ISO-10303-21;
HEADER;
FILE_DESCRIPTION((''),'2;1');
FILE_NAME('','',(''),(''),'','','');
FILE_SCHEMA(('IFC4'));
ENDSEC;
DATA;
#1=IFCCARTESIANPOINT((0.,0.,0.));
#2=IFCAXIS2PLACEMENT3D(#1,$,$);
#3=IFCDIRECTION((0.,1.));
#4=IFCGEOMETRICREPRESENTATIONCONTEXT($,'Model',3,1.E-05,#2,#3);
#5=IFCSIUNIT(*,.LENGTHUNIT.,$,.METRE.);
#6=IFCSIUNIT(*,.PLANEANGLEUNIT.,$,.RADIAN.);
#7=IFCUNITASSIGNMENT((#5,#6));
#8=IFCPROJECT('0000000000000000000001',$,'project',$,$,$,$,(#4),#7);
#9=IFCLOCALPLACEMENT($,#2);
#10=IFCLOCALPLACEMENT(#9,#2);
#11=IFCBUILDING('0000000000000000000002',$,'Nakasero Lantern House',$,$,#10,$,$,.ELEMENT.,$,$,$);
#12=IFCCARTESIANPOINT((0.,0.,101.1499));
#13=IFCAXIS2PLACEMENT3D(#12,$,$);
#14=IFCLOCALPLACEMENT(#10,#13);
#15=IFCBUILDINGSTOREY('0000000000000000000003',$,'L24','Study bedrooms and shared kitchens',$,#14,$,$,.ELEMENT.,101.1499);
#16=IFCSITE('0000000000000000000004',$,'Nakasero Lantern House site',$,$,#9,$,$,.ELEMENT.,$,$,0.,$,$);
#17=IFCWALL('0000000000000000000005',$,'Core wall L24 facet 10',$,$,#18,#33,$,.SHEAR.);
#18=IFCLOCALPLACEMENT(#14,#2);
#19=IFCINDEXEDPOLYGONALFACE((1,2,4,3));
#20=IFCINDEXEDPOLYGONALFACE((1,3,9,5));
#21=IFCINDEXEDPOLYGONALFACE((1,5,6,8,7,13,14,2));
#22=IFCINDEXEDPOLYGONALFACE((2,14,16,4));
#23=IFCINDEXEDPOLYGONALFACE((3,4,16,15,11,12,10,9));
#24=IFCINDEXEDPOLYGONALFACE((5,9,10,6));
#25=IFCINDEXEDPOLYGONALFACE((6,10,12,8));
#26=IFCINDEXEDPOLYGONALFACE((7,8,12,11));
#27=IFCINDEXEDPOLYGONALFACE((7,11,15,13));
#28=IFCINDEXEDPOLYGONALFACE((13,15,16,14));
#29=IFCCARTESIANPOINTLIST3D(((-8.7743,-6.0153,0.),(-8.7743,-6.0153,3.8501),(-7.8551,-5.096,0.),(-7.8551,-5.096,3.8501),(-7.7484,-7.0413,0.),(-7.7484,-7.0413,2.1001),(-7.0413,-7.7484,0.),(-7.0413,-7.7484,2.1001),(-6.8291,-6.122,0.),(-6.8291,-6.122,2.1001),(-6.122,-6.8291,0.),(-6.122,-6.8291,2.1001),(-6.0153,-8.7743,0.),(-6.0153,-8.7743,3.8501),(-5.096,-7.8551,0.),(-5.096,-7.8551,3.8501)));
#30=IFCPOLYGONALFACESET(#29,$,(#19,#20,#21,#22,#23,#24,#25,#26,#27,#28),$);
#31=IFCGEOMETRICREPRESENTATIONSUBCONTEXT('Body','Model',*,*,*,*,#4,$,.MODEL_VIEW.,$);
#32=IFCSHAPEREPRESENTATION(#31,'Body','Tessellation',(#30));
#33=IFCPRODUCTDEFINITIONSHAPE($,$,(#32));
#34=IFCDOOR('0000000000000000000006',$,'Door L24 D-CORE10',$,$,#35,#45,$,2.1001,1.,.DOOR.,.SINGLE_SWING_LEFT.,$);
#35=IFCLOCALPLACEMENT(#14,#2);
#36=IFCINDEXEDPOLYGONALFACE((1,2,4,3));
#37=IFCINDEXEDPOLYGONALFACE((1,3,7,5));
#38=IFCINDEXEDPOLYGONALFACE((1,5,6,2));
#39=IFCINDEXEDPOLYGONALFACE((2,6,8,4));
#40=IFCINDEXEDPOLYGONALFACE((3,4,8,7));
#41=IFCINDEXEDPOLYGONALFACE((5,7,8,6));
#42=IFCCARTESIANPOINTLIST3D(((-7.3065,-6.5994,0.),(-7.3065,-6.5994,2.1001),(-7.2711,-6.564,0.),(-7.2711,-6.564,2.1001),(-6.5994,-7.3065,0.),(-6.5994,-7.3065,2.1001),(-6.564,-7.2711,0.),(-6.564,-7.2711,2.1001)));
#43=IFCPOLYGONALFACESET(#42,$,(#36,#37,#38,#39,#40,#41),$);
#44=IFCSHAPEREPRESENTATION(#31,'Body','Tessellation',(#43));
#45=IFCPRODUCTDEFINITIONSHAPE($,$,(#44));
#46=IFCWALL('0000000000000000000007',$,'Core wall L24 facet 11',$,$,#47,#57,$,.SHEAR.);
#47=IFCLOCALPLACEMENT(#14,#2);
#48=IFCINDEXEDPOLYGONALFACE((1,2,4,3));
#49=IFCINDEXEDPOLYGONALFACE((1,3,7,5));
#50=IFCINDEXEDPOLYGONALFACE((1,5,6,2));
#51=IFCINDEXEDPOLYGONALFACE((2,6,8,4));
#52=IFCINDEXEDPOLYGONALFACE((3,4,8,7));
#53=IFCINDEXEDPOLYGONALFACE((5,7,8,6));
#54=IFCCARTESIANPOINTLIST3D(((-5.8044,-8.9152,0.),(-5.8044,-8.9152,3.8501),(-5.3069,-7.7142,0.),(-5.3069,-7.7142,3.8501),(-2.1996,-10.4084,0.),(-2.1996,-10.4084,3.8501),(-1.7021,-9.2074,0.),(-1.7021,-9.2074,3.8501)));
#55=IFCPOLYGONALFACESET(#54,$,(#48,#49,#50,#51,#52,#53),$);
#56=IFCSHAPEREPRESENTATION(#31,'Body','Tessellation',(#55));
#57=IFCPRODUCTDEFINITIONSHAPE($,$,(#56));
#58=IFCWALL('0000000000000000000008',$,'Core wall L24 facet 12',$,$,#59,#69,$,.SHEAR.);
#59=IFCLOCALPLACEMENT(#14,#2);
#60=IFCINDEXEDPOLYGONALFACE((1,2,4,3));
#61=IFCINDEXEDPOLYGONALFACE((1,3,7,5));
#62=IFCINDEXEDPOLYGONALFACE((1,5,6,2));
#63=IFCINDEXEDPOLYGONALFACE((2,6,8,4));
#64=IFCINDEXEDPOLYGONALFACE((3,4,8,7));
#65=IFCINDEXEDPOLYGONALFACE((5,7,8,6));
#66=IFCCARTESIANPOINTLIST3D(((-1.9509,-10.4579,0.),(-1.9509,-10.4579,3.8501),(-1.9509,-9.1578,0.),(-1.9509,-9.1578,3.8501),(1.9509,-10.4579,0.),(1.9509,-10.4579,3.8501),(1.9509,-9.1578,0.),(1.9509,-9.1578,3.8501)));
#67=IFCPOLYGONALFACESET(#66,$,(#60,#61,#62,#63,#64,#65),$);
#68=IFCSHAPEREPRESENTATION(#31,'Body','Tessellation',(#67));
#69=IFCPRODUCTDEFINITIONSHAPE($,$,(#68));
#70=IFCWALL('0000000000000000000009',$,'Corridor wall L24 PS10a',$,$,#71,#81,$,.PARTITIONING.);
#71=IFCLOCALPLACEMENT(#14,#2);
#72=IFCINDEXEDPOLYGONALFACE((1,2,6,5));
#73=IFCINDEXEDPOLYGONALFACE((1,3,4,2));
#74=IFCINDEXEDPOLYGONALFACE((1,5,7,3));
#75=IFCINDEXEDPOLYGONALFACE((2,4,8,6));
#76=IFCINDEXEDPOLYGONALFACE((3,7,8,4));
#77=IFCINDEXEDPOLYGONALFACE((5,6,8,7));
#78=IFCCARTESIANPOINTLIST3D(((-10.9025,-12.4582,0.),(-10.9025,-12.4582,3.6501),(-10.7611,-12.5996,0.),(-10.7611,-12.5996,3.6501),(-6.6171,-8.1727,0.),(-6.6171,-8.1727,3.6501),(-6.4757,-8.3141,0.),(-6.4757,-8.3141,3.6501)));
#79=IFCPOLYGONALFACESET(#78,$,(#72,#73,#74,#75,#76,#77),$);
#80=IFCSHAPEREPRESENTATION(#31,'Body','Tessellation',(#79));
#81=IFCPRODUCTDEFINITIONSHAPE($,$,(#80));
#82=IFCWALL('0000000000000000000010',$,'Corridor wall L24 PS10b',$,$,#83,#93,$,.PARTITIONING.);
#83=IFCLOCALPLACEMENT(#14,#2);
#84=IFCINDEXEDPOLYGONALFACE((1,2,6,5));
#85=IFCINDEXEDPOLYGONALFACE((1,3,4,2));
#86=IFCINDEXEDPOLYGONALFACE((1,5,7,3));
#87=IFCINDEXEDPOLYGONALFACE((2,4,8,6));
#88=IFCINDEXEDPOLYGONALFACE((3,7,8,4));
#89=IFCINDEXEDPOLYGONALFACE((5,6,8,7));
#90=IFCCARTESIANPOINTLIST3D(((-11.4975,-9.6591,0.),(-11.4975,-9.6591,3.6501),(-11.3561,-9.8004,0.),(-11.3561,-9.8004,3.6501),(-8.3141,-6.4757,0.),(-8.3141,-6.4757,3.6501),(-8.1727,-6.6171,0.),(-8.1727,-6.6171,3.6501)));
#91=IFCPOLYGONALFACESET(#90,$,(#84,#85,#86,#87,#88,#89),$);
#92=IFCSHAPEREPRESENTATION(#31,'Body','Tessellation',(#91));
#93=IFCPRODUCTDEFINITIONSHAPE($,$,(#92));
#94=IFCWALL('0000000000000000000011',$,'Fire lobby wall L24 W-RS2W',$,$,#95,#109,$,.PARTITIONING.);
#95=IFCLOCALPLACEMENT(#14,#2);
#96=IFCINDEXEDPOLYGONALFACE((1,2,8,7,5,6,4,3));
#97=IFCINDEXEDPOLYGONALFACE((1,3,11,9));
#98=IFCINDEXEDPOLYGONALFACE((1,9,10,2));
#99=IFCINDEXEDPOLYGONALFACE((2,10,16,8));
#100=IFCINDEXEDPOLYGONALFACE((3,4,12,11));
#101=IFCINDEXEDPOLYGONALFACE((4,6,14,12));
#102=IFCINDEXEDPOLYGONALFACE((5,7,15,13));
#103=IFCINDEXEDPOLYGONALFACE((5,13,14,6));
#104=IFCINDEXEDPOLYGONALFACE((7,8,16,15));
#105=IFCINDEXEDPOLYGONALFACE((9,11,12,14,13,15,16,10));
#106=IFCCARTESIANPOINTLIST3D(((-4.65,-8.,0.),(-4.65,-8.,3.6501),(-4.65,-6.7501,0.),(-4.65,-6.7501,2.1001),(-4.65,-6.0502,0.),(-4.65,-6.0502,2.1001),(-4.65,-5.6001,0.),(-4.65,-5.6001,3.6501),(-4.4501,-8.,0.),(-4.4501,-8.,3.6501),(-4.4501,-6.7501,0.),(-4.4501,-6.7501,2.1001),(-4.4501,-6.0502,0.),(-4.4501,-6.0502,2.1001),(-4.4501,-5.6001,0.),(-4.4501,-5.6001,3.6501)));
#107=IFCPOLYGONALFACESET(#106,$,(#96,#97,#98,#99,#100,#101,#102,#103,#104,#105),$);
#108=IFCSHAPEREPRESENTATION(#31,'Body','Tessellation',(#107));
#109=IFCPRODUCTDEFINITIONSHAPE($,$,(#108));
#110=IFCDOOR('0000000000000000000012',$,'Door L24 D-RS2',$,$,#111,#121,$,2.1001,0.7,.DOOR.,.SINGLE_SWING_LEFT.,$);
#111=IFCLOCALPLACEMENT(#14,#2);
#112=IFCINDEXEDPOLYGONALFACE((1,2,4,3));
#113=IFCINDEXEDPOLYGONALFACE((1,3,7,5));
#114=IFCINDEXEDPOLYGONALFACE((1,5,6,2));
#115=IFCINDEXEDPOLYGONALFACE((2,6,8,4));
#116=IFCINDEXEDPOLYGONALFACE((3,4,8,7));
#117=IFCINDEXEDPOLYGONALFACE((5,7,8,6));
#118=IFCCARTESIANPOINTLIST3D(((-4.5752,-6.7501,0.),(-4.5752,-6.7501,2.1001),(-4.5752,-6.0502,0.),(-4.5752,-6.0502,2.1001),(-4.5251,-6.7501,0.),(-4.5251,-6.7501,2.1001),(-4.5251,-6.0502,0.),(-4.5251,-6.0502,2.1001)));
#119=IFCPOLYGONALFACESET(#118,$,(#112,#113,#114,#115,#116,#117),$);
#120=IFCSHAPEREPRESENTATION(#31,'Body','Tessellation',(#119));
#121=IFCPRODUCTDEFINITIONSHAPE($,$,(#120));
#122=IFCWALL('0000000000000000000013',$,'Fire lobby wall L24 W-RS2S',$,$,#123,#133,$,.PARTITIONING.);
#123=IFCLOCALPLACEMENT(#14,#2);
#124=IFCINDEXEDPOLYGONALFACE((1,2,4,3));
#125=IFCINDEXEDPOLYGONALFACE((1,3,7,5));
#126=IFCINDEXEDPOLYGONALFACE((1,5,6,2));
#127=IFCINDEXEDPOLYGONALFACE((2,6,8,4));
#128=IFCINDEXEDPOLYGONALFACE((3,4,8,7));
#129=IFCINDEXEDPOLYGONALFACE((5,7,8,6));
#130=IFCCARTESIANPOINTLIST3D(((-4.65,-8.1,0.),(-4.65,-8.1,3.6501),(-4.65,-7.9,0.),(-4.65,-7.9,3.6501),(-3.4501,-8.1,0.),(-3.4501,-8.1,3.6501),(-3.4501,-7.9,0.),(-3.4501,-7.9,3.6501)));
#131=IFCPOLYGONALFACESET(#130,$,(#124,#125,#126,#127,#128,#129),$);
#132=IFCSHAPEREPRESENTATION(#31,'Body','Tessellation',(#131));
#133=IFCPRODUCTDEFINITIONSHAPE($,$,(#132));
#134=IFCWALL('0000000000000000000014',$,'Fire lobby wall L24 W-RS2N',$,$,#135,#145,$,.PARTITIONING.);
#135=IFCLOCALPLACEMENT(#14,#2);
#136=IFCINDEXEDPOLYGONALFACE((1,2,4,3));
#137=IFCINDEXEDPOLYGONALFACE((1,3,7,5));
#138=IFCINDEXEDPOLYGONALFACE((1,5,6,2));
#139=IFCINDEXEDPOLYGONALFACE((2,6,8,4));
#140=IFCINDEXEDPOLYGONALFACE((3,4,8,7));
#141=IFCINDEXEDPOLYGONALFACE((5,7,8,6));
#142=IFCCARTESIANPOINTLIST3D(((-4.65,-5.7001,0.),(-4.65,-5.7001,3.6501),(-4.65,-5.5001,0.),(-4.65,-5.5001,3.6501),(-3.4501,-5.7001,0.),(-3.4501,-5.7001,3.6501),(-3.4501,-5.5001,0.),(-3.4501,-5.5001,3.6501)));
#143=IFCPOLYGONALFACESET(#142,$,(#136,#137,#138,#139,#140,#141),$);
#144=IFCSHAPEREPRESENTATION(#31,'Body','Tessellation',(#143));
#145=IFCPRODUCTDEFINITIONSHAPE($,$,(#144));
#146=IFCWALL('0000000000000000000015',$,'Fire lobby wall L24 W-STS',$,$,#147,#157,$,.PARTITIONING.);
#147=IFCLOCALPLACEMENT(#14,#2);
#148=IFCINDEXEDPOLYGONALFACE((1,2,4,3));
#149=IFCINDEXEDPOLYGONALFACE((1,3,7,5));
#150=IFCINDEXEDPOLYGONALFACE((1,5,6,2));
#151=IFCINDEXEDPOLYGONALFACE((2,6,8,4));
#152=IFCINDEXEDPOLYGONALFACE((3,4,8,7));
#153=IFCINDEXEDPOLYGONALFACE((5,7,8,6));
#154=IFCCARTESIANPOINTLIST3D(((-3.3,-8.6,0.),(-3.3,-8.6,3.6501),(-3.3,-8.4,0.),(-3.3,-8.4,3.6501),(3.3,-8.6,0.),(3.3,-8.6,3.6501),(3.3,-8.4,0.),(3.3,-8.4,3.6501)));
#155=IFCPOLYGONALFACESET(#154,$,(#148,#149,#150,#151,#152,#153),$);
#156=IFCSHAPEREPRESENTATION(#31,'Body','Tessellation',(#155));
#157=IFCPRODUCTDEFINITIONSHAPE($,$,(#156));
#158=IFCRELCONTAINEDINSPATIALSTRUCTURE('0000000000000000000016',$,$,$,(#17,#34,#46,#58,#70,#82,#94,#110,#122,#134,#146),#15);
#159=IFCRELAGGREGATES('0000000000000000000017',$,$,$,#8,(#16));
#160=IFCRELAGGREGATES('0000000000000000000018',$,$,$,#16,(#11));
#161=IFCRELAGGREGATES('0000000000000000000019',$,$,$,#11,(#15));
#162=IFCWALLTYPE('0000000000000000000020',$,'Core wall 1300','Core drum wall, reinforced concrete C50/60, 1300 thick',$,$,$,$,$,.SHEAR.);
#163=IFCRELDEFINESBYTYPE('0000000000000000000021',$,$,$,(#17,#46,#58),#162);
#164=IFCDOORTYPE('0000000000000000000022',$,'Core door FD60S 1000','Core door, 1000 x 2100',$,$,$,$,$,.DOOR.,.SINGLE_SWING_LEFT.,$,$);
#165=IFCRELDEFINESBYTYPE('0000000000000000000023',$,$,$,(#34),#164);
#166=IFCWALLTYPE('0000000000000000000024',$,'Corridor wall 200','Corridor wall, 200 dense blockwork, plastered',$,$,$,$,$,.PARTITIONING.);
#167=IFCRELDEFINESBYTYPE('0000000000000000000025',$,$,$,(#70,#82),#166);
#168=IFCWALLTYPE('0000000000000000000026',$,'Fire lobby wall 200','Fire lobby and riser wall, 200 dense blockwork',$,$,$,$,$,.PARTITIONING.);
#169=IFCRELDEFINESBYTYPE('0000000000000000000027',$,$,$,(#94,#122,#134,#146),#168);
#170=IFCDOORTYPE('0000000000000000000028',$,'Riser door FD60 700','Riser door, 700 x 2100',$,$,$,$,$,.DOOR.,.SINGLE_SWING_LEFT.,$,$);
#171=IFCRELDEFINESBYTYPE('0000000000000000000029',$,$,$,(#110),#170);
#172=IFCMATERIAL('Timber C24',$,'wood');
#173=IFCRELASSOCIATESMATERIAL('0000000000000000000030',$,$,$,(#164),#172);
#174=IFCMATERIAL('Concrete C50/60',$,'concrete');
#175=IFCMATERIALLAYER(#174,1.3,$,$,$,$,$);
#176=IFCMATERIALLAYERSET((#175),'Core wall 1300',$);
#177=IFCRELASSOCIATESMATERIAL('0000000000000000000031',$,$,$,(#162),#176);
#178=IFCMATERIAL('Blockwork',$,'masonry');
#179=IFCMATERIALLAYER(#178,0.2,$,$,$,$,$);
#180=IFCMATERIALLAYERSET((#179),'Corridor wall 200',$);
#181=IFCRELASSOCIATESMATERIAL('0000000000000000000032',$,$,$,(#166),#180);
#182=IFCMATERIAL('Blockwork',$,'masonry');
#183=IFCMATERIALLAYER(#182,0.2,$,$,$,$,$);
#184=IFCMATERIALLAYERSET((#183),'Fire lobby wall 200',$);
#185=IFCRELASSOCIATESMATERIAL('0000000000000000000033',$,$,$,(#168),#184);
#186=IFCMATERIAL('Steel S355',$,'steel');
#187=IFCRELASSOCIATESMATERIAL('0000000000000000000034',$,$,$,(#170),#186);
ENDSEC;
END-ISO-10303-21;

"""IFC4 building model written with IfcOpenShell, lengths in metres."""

from ifc_helpers import new_model, si_unit, direction, frame, frame_2d, origin, place, context, subcontext, project, spatial, rectangle, extrude, material, layer, layer_set, type_object, element, fill, save


model = new_model("IFC4")

# Units and contexts
model_context = context("Model", 3, precision=1e-05, world=origin(), true_north=direction((0.0, 1.0)))
body_context = subcontext(model_context, "Body", "Model", "MODEL_VIEW")
ifc_project = project(units=[si_unit("LENGTHUNIT", "METRE"), si_unit("PLANEANGLEUNIT", "RADIAN")], contexts=[model_context])

# Site, building, storey
site_placement = place(None, origin())
site = spatial("IfcSite", under=ifc_project, at=site_placement, Name="Nakasero Lantern House site", CompositionType="ELEMENT", RefElevation=0.0)
building_placement = place(site_placement, origin())
building = spatial("IfcBuilding", under=site, at=building_placement, Name="Nakasero Lantern House", CompositionType="ELEMENT")
storey_placement = place(building_placement, frame((0.0, 0.0, 101.1499)))
storey = spatial("IfcBuildingStorey", under=building, at=storey_placement, Name="L24", Description="Study bedrooms and shared kitchens", CompositionType="ELEMENT", Elevation=101.1499)

# Shared definitions
ifc_material_1 = material(Name="Timber C24", Category="wood")
door_type_1 = type_object("IfcDoorType", Name="Core door FD60S 1000", Description="Core door, 1000 x 2100", OperationType="SINGLE_SWING_LEFT", PredefinedType="DOOR", material=ifc_material_1)

# Shared definitions
ifc_material_2 = material(Name="Concrete C50/60", Category="concrete")
ifc_layer_1 = layer(ifc_material_2, 1.3)
ifc_layer_set_1 = layer_set([ifc_layer_1], Name="Core wall 1300")
wall_type_1 = type_object("IfcWallType", Name="Core wall 1300", Description="Core drum wall, reinforced concrete C50/60, 1300 thick", PredefinedType="SHEAR", material=ifc_layer_set_1)

# Wall, opening, door
wall_1_placement = place(storey_placement, frame((-8.3147, -5.5557, 0.0), z_axis=(0.0, 0.0, 1.0), x_axis=(0.707107, -0.707107, 0.0)))
wall_1 = element("IfcWall", 1, at=wall_1_placement, inside=storey, type_object=wall_type_1, Name="Core wall L24 facet 10", PredefinedType="SHEAR", context=body_context, shape_type="SweptSolid", body=[
    extrude(rectangle(XDim=3.9019, YDim=1.3, at=frame_2d((1.9509, 0.0))), origin(), (0.0, 0.0, 1.0), 3.8501),
])
opening_1_placement = place(wall_1_placement, frame((1.4509, 0.0, 0.0)))
opening_1 = element("IfcOpeningElement", 2, at=opening_1_placement, cuts=wall_1, PredefinedType="OPENING", context=body_context, shape_type="SweptSolid", body=[
    extrude(rectangle(XDim=1.0, YDim=2.1001, at=frame_2d((0.5, 1.05))), frame((0.0, 0.6699, 0.0), z_axis=(0.0, -1.0, 0.0), x_axis=(1.0, 0.0, 0.0)), (0.0, 0.0, 1.0), 1.3401),
])
door_1_placement = place(opening_1_placement, origin())
door_1 = element("IfcDoor", 3, at=door_1_placement, inside=storey, type_object=door_type_1, Name="Door L24 D-CORE10", OperationType="SINGLE_SWING_LEFT", OverallHeight=2.1001, OverallWidth=1.0, PredefinedType="DOOR", context=body_context, shape_type="SweptSolid", body=[
    extrude(rectangle(XDim=1.0, YDim=2.1001, at=frame_2d((0.5, 1.05))), frame((0.0, 0.0249, 0.0), z_axis=(0.0, -1.0, 0.0), x_axis=(1.0, 0.0, 0.0)), (0.0, 0.0, 1.0), 0.05),
])
fill(opening_1, door_1)

# Walls
for number, where, z_axis, x_axis, name in (
    (4, (-5.5557, -8.3147, 0.0), (0.0, 0.0, 1.0), (0.923877, -0.382691, 0.0), "Core wall L24 facet 11"),
    (5, (-1.9509, -9.8079, 0.0), (0.0, 0.0, 1.0), (1.0, 0.0, 0.0), "Core wall L24 facet 12"),
):
    element("IfcWall", number, at=place(storey_placement, frame(where, z_axis=z_axis, x_axis=x_axis)), inside=storey, type_object=wall_type_1, Name=name, PredefinedType="SHEAR", context=body_context, shape_type="SweptSolid", body=[
        extrude(rectangle(XDim=3.9019, YDim=1.3, at=frame_2d((1.9509, 0.0))), origin(), (0.0, 0.0, 1.0), 3.8501),
    ])
ifc_material_3 = material(Name="Blockwork", Category="masonry")
ifc_layer_2 = layer(ifc_material_3, 0.2)
ifc_layer_set_2 = layer_set([ifc_layer_2], Name="Corridor wall 200")
wall_type_2 = type_object("IfcWallType", Name="Corridor wall 200", Description="Corridor wall, 200 dense blockwork, plastered", PredefinedType="PARTITIONING", material=ifc_layer_set_2)
wall_2_placement = place(storey_placement, frame((-6.5464, -8.2434, 0.0), z_axis=(0.0, 0.0, 1.0), x_axis=(-0.707107, -0.707107, 0.0)))
element("IfcWall", 6, at=wall_2_placement, inside=storey, type_object=wall_type_2, Name="Corridor wall L24 PS10a", PredefinedType="PARTITIONING", context=body_context, shape_type="SweptSolid", body=[
    extrude(rectangle(XDim=6.0605, YDim=0.2, at=frame_2d((3.0303, 0.0))), origin(), (0.0, 0.0, 1.0), 3.6501),
])
wall_3_placement = place(storey_placement, frame((-8.2434, -6.5464, 0.0), z_axis=(0.0, 0.0, 1.0), x_axis=(-0.707107, -0.707107, 0.0)))
element("IfcWall", 7, at=wall_3_placement, inside=storey, type_object=wall_type_2, Name="Corridor wall L24 PS10b", PredefinedType="PARTITIONING", context=body_context, shape_type="SweptSolid", body=[
    extrude(rectangle(XDim=4.502, YDim=0.2, at=frame_2d((2.251, 0.0))), origin(), (0.0, 0.0, 1.0), 3.6501),
])

# Wall, opening, door
ifc_material_4 = material(Name="Blockwork", Category="masonry")
ifc_layer_3 = layer(ifc_material_4, 0.2)
ifc_layer_set_3 = layer_set([ifc_layer_3], Name="Fire lobby wall 200")
wall_type_3 = type_object("IfcWallType", Name="Fire lobby wall 200", Description="Fire lobby and riser wall, 200 dense blockwork", PredefinedType="PARTITIONING", material=ifc_layer_set_3)
wall_4_placement = place(storey_placement, frame((-4.55, -5.6001, 0.0), z_axis=(0.0, 0.0, 1.0), x_axis=(0.0, -1.0, 0.0)))
wall_4 = element("IfcWall", 8, at=wall_4_placement, inside=storey, type_object=wall_type_3, Name="Fire lobby wall L24 W-RS2W", PredefinedType="PARTITIONING", context=body_context, shape_type="SweptSolid", body=[
    extrude(rectangle(XDim=2.3999, YDim=0.2, at=frame_2d((1.2, 0.0))), origin(), (0.0, 0.0, 1.0), 3.6501),
])
opening_2_placement = place(wall_4_placement, frame((0.45, 0.0, 0.0)))
opening_2 = element("IfcOpeningElement", 9, at=opening_2_placement, cuts=wall_4, PredefinedType="OPENING", context=body_context, shape_type="SweptSolid", body=[
    extrude(rectangle(XDim=0.7, YDim=2.1001, at=frame_2d((0.3501, 1.05))), frame((0.0, 0.1199, 0.0), z_axis=(0.0, -1.0, 0.0), x_axis=(1.0, 0.0, 0.0)), (0.0, 0.0, 1.0), 0.24),
])
ifc_material_5 = material(Name="Steel S355", Category="steel")
door_type_2 = type_object("IfcDoorType", Name="Riser door FD60 700", Description="Riser door, 700 x 2100", OperationType="SINGLE_SWING_LEFT", PredefinedType="DOOR", material=ifc_material_5)
door_2_placement = place(opening_2_placement, origin())
door_2 = element("IfcDoor", 10, at=door_2_placement, inside=storey, type_object=door_type_2, Name="Door L24 D-RS2", OperationType="SINGLE_SWING_LEFT", OverallHeight=2.1001, OverallWidth=0.7, PredefinedType="DOOR", context=body_context, shape_type="SweptSolid", body=[
    extrude(rectangle(XDim=0.7, YDim=2.1001, at=frame_2d((0.3501, 1.05))), frame((0.0, 0.0249, 0.0), z_axis=(0.0, -1.0, 0.0), x_axis=(1.0, 0.0, 0.0)), (0.0, 0.0, 1.0), 0.05),
])
fill(opening_2, door_2)

# Walls
for number, where, z_axis, x_axis, name in (
    (11, (-3.45, -8.0, 0.0), (0.0, 0.0, 1.0), (-1.0, 0.0, 0.0), "Fire lobby wall L24 W-RS2S"),
    (12, (-3.45, -5.6001, 0.0), (0.0, 0.0, 1.0), (-1.0, 0.0, 0.0), "Fire lobby wall L24 W-RS2N"),
):
    element("IfcWall", number, at=place(storey_placement, frame(where, z_axis=z_axis, x_axis=x_axis)), inside=storey, type_object=wall_type_3, Name=name, PredefinedType="PARTITIONING", context=body_context, shape_type="SweptSolid", body=[
        extrude(rectangle(XDim=1.2, YDim=0.2, at=frame_2d((0.6001, 0.0))), origin(), (0.0, 0.0, 1.0), 3.6501),
    ])
wall_5_placement = place(storey_placement, frame((-3.3, -8.5, 0.0), z_axis=(0.0, 0.0, 1.0), x_axis=(1.0, 0.0, 0.0)))
element("IfcWall", 13, at=wall_5_placement, inside=storey, type_object=wall_type_3, Name="Fire lobby wall L24 W-STS", PredefinedType="PARTITIONING", context=body_context, shape_type="SweptSolid", body=[
    extrude(rectangle(XDim=6.6001, YDim=0.2, at=frame_2d((3.3, 0.0))), origin(), (0.0, 0.0, 1.0), 3.6501),
])

save(model, "model.ifc")
